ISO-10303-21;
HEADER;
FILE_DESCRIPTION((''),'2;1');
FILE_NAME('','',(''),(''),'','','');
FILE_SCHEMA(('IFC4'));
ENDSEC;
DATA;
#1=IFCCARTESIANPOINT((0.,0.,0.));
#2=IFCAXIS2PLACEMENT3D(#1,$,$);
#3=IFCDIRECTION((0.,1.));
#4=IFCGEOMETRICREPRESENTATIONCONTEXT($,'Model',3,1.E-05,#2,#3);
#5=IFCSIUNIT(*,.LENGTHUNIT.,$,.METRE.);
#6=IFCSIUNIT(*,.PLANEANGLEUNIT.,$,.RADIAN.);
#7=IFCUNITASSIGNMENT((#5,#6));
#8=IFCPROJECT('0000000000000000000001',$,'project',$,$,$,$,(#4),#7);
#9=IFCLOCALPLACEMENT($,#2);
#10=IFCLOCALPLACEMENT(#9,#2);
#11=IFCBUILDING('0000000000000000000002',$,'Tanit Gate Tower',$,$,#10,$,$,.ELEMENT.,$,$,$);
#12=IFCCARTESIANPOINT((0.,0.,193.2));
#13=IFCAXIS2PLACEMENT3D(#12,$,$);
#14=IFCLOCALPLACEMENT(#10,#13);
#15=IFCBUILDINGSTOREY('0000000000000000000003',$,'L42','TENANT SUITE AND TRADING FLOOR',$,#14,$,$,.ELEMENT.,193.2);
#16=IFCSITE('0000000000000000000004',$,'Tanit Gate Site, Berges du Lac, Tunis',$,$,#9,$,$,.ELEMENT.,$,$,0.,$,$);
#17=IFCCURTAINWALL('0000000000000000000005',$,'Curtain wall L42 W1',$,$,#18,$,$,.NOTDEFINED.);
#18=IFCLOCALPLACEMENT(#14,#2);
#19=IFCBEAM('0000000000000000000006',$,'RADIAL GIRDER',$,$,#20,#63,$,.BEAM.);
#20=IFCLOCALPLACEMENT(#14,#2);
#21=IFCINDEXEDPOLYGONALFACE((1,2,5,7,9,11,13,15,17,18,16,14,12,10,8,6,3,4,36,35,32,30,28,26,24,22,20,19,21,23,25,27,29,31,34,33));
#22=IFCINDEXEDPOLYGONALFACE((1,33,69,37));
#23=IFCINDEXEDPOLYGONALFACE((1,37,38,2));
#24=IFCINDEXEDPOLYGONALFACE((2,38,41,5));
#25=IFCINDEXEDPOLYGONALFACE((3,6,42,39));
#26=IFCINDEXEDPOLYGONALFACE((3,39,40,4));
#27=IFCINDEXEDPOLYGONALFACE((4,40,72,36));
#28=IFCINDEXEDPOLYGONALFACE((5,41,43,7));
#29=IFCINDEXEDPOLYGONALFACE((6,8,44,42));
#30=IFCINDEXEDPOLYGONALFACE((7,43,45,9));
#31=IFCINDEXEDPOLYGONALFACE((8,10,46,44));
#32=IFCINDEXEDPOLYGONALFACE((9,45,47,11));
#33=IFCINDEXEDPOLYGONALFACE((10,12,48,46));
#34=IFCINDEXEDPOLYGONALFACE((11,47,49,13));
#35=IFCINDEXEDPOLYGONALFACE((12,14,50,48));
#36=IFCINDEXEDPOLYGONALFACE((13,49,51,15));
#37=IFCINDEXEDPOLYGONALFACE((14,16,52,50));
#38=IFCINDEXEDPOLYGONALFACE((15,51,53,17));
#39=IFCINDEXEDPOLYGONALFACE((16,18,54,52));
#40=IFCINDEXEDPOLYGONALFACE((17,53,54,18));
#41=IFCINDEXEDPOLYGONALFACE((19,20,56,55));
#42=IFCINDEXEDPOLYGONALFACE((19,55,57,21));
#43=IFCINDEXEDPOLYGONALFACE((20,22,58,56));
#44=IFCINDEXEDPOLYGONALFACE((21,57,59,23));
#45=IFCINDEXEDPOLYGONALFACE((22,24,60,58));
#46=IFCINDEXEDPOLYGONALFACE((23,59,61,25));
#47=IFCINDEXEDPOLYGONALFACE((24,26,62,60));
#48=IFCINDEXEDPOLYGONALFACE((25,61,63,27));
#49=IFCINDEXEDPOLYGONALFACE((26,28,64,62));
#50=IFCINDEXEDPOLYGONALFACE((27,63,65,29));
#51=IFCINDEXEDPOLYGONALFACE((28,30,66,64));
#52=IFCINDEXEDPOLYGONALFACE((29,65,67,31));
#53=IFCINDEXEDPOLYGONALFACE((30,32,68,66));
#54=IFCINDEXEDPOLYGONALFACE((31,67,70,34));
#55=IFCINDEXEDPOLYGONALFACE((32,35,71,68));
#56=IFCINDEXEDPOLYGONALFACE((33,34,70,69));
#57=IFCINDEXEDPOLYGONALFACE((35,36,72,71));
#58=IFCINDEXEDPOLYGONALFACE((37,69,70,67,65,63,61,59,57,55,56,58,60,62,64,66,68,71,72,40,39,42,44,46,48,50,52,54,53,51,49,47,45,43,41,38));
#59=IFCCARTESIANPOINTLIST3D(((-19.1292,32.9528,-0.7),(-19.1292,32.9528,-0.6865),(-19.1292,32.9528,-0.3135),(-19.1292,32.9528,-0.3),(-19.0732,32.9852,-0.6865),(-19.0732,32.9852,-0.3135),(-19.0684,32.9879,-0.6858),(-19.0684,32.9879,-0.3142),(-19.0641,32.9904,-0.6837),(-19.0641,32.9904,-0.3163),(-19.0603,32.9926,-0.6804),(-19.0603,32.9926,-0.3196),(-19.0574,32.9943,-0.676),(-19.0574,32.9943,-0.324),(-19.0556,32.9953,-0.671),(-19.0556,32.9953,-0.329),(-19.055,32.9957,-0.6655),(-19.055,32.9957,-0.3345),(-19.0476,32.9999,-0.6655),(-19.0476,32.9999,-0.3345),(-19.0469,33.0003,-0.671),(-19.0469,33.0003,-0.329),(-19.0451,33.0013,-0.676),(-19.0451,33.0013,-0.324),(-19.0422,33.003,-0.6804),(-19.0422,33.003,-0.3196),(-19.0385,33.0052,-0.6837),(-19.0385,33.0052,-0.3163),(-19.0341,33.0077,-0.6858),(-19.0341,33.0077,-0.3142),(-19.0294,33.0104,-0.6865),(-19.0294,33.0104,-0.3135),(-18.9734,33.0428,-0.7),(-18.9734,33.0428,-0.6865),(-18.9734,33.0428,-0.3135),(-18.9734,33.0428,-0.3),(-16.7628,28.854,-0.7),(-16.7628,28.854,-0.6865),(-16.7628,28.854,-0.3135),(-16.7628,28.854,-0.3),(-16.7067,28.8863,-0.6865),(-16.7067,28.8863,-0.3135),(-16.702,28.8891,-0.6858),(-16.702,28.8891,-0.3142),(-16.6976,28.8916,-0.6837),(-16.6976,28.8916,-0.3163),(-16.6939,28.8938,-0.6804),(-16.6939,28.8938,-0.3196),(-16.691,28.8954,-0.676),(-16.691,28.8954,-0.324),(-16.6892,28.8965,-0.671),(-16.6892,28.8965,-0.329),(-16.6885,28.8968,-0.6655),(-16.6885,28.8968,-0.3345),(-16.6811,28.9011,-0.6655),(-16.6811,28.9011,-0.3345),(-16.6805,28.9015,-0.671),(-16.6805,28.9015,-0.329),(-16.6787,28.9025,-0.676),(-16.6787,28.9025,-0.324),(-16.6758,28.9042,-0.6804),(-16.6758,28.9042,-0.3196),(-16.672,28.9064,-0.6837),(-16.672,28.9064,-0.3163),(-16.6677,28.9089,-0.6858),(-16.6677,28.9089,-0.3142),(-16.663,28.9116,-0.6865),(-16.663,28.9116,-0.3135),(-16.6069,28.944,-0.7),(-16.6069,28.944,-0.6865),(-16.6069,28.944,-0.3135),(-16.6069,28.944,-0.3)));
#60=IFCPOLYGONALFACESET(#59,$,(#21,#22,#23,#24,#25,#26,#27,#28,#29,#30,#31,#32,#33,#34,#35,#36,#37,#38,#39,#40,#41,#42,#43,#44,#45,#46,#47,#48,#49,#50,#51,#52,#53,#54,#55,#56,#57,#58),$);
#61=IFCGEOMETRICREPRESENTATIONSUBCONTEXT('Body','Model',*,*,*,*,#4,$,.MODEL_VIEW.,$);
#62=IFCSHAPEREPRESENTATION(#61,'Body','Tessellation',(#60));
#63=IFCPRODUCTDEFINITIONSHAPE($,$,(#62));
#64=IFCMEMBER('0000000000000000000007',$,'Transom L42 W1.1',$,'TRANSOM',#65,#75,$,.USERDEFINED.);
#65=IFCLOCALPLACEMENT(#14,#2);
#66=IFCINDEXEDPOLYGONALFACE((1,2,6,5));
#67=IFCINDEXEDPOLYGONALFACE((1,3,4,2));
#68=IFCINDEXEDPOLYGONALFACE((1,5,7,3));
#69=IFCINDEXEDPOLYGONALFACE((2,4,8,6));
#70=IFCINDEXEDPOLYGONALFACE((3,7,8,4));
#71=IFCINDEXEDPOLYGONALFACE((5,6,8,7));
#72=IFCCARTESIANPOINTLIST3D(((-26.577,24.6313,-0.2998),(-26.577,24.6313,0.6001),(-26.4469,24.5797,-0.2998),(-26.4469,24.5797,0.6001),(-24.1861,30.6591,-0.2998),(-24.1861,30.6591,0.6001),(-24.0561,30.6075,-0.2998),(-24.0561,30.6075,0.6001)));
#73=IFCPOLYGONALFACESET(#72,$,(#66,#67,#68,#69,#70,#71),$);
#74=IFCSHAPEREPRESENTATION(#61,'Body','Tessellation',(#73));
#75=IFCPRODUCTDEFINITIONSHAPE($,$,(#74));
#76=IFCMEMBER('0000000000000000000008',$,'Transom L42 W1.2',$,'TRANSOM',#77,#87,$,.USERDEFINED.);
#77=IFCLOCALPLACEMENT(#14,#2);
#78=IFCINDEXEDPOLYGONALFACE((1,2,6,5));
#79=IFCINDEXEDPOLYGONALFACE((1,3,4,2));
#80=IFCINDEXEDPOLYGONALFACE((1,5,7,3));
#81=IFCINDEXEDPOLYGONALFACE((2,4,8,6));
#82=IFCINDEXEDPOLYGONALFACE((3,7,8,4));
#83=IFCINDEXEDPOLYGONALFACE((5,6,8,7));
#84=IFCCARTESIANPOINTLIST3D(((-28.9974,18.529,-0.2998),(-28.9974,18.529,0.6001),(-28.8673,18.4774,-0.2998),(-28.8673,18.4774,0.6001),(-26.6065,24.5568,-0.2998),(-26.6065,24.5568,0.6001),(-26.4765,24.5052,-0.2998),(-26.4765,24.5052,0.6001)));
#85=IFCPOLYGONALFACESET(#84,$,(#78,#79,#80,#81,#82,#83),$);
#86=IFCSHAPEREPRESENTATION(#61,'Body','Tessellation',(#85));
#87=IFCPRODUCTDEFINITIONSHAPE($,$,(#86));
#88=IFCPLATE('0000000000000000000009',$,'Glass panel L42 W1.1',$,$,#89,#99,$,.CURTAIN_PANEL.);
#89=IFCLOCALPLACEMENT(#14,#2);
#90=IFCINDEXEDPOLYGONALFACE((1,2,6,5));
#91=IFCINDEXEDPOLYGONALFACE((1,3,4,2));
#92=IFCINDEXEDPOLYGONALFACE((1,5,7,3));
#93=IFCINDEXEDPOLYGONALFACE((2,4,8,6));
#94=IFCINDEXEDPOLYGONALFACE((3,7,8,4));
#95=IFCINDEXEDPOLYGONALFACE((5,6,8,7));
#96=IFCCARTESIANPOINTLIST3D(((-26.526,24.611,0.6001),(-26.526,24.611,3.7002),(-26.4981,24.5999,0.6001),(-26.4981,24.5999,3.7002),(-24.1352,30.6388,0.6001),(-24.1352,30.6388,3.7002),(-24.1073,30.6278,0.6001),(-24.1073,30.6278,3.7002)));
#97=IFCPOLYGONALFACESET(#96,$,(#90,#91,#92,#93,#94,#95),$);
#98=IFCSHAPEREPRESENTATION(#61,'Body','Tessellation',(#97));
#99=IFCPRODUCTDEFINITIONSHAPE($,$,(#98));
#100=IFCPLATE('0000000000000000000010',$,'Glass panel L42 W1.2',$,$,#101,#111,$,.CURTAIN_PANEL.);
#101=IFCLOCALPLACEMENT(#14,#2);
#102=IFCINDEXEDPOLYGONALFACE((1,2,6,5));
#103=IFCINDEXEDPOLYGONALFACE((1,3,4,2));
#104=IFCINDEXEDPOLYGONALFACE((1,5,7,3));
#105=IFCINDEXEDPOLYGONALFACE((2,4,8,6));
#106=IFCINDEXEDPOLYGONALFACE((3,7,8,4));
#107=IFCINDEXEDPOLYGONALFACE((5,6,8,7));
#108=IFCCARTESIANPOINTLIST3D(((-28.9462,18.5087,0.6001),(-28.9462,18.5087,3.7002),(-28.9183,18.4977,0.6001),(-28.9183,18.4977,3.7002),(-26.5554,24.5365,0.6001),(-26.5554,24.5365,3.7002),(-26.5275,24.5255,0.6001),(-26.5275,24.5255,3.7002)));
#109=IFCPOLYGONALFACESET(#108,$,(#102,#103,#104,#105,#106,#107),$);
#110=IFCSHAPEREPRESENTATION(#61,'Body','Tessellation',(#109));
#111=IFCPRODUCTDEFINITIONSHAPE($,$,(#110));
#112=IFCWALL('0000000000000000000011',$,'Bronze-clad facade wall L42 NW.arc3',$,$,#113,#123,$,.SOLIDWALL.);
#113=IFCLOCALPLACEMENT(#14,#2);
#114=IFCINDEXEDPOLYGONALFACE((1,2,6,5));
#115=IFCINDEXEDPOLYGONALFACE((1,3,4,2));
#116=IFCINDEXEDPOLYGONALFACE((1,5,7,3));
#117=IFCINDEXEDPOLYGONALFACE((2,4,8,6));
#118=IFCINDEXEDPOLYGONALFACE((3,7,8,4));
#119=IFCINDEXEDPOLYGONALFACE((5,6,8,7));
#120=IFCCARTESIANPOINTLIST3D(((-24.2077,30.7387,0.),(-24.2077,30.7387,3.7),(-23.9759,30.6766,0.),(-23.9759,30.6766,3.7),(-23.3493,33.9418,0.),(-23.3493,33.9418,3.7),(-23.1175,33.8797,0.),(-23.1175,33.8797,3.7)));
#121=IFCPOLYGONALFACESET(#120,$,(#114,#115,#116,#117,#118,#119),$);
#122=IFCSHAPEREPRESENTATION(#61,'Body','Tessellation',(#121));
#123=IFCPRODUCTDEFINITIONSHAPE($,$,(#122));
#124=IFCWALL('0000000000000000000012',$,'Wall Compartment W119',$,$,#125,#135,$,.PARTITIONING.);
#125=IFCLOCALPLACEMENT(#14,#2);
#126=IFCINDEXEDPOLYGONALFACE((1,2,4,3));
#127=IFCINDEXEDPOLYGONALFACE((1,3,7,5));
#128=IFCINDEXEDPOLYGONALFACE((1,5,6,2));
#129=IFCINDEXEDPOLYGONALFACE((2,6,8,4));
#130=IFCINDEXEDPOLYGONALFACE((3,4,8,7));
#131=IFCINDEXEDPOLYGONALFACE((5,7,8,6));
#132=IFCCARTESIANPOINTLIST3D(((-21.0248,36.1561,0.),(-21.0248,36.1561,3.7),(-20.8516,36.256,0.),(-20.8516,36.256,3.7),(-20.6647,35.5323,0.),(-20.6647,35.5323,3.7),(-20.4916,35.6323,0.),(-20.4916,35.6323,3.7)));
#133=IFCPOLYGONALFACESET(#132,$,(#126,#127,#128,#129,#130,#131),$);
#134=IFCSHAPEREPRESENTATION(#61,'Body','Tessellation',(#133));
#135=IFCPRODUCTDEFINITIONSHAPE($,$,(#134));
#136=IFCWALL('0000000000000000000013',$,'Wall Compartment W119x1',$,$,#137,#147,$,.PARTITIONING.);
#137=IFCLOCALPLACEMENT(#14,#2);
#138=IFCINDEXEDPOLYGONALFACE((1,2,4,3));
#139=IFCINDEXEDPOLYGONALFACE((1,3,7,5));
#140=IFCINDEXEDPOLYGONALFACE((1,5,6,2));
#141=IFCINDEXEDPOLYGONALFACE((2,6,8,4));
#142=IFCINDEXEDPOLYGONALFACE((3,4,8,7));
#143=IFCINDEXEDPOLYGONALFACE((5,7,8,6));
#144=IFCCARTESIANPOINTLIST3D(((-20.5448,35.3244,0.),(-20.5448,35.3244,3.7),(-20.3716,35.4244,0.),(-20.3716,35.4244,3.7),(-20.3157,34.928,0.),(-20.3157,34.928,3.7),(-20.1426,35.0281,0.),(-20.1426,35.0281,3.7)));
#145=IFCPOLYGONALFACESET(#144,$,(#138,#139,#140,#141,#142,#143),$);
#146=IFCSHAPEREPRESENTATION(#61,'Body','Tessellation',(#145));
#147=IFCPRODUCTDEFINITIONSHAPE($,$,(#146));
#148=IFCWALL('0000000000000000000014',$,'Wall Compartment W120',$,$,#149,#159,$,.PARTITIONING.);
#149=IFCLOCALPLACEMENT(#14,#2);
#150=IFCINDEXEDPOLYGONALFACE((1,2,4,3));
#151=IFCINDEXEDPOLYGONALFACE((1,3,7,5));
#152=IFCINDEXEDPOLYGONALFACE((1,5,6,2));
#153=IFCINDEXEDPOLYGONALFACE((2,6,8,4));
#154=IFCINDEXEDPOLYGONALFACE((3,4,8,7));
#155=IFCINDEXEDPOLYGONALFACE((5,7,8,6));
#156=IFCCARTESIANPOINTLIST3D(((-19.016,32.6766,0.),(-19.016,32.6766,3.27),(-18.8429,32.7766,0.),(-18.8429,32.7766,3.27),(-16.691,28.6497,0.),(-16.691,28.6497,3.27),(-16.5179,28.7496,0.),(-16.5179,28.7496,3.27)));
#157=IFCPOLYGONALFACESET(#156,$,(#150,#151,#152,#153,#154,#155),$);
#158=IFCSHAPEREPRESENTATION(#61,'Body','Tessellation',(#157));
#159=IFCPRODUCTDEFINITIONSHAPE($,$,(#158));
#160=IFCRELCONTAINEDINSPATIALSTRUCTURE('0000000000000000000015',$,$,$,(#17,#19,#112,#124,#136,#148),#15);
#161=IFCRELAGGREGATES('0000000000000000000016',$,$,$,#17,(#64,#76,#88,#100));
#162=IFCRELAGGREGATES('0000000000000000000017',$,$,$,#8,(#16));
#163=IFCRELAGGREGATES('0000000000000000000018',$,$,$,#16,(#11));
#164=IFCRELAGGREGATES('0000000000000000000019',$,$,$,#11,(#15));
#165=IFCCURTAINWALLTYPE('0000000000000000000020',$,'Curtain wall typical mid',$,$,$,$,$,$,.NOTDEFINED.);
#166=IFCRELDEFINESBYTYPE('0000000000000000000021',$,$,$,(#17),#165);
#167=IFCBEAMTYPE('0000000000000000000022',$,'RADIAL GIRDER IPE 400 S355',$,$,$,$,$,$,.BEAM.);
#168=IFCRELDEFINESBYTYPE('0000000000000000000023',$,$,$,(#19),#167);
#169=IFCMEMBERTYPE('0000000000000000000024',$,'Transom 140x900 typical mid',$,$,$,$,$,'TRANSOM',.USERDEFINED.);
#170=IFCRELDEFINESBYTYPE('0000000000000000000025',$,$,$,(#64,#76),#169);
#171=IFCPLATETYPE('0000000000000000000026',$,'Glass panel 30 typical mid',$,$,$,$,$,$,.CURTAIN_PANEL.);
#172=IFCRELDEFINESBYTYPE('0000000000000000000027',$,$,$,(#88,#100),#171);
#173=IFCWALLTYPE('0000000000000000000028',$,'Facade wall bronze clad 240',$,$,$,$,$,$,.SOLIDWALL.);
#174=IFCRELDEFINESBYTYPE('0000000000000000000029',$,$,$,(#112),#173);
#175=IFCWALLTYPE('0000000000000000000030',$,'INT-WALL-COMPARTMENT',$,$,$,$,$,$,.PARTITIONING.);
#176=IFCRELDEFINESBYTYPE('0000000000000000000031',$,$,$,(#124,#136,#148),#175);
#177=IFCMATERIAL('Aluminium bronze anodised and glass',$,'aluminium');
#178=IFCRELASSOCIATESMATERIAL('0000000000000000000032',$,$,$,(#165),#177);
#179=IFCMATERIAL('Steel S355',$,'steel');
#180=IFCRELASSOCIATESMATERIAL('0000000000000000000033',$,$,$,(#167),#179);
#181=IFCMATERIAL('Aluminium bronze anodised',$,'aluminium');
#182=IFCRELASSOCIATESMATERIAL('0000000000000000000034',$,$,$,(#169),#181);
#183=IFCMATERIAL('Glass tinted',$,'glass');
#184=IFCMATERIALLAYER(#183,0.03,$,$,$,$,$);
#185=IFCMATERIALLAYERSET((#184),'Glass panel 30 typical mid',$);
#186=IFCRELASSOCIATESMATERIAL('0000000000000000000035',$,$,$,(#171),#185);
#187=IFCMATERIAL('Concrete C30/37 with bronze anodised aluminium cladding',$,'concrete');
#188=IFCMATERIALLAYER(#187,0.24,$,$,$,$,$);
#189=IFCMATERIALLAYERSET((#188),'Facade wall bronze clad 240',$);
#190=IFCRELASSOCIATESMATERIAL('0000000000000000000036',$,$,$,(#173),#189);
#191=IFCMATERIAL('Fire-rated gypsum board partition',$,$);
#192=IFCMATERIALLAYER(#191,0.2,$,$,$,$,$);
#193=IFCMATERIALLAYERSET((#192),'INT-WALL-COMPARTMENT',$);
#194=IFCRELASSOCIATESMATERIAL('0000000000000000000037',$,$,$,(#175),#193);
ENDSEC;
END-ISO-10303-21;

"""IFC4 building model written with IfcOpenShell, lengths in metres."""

from ifc_helpers import new_model, si_unit, direction, frame, frame_2d, origin, origin_2d, place, context, subcontext, project, spatial, rectangle, i_section, extrude, material, layer, layer_set, material_profile, profile_set, type_object, element, aggregate, save


model = new_model("IFC4")

# Units and contexts
model_context = context("Model", 3, precision=1e-05, world=origin(), true_north=direction((0.0, 1.0)))
body_context = subcontext(model_context, "Body", "Model", "MODEL_VIEW")
ifc_project = project(units=[si_unit("LENGTHUNIT", "METRE"), si_unit("PLANEANGLEUNIT", "RADIAN")], contexts=[model_context])

# Site, building, storey
site_placement = place(None, origin())
site = spatial("IfcSite", under=ifc_project, at=site_placement, Name="Tanit Gate Site, Berges du Lac, Tunis", CompositionType="ELEMENT", RefElevation=0.0)
building_placement = place(site_placement, origin())
building = spatial("IfcBuilding", under=site, at=building_placement, Name="Tanit Gate Tower", CompositionType="ELEMENT")
storey_placement = place(building_placement, frame((0.0, 0.0, 193.2)))
storey = spatial("IfcBuildingStorey", under=building, at=storey_placement, Name="L42", Description="TENANT SUITE AND TRADING FLOOR", CompositionType="ELEMENT", Elevation=193.2)

# Curtain wall
ifc_material_1 = material(Name="Aluminium bronze anodised and glass", Category="aluminium")
curtain_wall_type = type_object("IfcCurtainWallType", Name="Curtain wall typical mid", PredefinedType="NOTDEFINED", material=ifc_material_1)
curtain_wall_placement = place(storey_placement, origin())
curtain_wall = element("IfcCurtainWall", 1, at=curtain_wall_placement, inside=storey, type_object=curtain_wall_type, Name="Curtain wall L42 W1", PredefinedType="NOTDEFINED")

# Beam
ifc_material_2 = material(Name="Steel S355", Category="steel")
ifc_material_profile_1 = material_profile(ifc_material_2, i_section(OverallWidth=0.1799, OverallDepth=0.3999, WebThickness=0.0085, FlangeThickness=0.0134, FilletRadius=0.021, at=origin_2d()), Name="IPE 400")
ifc_profile_set_1 = profile_set([ifc_material_profile_1], Name="Steel S355")
beam_type_1 = type_object("IfcBeamType", Name="RADIAL GIRDER IPE 400 S355", PredefinedType="BEAM", material=ifc_profile_set_1)
beam_1_placement = place(storey_placement, frame((-19.0513, 32.9978, -0.5), z_axis=(0.499995, -0.866028, 0.0), x_axis=(0.866028, 0.499995, 0.0)))
element("IfcBeam", 2, at=beam_1_placement, inside=storey, type_object=beam_type_1, Name="RADIAL GIRDER", PredefinedType="BEAM", context=body_context, shape_type="SweptSolid", body=[
    extrude(i_section(OverallWidth=0.1799, OverallDepth=0.3999, WebThickness=0.0085, FlangeThickness=0.0134, FilletRadius=0.021, at=origin_2d()), origin(), (0.0, 0.0, 1.0), 4.7329),
])

# Members
ifc_material_3 = material(Name="Aluminium bronze anodised", Category="aluminium")
ifc_material_profile_2 = material_profile(ifc_material_3, rectangle(XDim=0.1399, YDim=0.8999, at=origin_2d()), Name="140x900 bronze transom")
ifc_profile_set_2 = profile_set([ifc_material_profile_2], Name="Aluminium bronze anodised")
member_type_1 = type_object("IfcMemberType", Name="Transom 140x900 typical mid", ElementType="TRANSOM", PredefinedType="USERDEFINED", material=ifc_profile_set_2)
member_1_placement = place(storey_placement, frame((-24.1211, 30.6333, 0.1501), z_axis=(-0.368695, -0.92955, 0.0), x_axis=(0.92955, -0.368695, 0.0)))
member_1 = element("IfcMember", 3, at=member_1_placement, type_object=member_type_1, Name="Transom L42 W1.1", ObjectType="TRANSOM", PredefinedType="USERDEFINED", context=body_context, shape_type="SweptSolid", body=[
    extrude(rectangle(XDim=0.1399, YDim=0.8999, at=origin_2d()), origin(), (0.0, 0.0, 1.0), 6.4846),
])
member_2_placement = place(storey_placement, frame((-26.5415, 24.531, 0.1501), z_axis=(-0.368695, -0.92955, 0.0), x_axis=(0.92955, -0.368695, 0.0)))
member_2 = element("IfcMember", 4, at=member_2_placement, type_object=member_type_1, Name="Transom L42 W1.2", ObjectType="TRANSOM", PredefinedType="USERDEFINED", context=body_context, shape_type="SweptSolid", body=[
    extrude(rectangle(XDim=0.1399, YDim=0.8999, at=origin_2d()), origin(), (0.0, 0.0, 1.0), 6.4846),
])

# Plates
ifc_material_4 = material(Name="Glass tinted", Category="glass")
ifc_layer_1 = layer(ifc_material_4, 0.03)
ifc_layer_set_1 = layer_set([ifc_layer_1], Name="Glass panel 30 typical mid")
plate_type = type_object("IfcPlateType", Name="Glass panel 30 typical mid", PredefinedType="CURTAIN_PANEL", material=ifc_layer_set_1)
plate_1_placement = place(storey_placement, frame((-25.3167, 27.6194, 0.6001), z_axis=(0.0, 0.0, 1.0), x_axis=(-0.368686, -0.929554, 0.0)))
plate_1 = element("IfcPlate", 5, at=plate_1_placement, type_object=plate_type, Name="Glass panel L42 W1.1", PredefinedType="CURTAIN_PANEL", context=body_context, shape_type="SweptSolid", body=[
    extrude(rectangle(XDim=6.4846, YDim=0.03, at=origin_2d()), origin(), (0.0, 0.0, 1.0), 3.1001),
])
plate_2_placement = place(storey_placement, frame((-27.7368, 21.5171, 0.6001), z_axis=(0.0, 0.0, 1.0), x_axis=(-0.368686, -0.929554, 0.0)))
plate_2 = element("IfcPlate", 6, at=plate_2_placement, type_object=plate_type, Name="Glass panel L42 W1.2", PredefinedType="CURTAIN_PANEL", context=body_context, shape_type="SweptSolid", body=[
    extrude(rectangle(XDim=6.4846, YDim=0.03, at=origin_2d()), origin(), (0.0, 0.0, 1.0), 3.1001),
])
aggregate(curtain_wall, [member_1, member_2, plate_1, plate_2])

# Walls
ifc_material_5 = material(Name="Concrete C30/37 with bronze anodised aluminium cladding", Category="concrete")
ifc_layer_2 = layer(ifc_material_5, 0.24)
ifc_layer_set_2 = layer_set([ifc_layer_2], Name="Facade wall bronze clad 240")
wall_type_1 = type_object("IfcWallType", Name="Facade wall bronze clad 240", PredefinedType="SOLIDWALL", material=ifc_layer_set_2)
wall_1_placement = place(storey_placement, frame((-23.2334, 33.9109, 0.0), z_axis=(0.0, 0.0, 1.0), x_axis=(-0.258854, -0.965917, 0.0)))
element("IfcWall", 7, at=wall_1_placement, inside=storey, type_object=wall_type_1, Name="Bronze-clad facade wall L42 NW.arc3", PredefinedType="SOLIDWALL", context=body_context, shape_type="SweptSolid", body=[
    extrude(rectangle(XDim=3.3162, YDim=0.24, at=frame_2d((1.6582, 0.0))), origin(), (0.0, 0.0, 1.0), 3.7),
])
ifc_material_6 = material(Name="Fire-rated gypsum board partition")
ifc_layer_3 = layer(ifc_material_6, 0.2)
ifc_layer_set_3 = layer_set([ifc_layer_3], Name="INT-WALL-COMPARTMENT")
wall_type_2 = type_object("IfcWallType", Name="INT-WALL-COMPARTMENT", PredefinedType="PARTITIONING", material=ifc_layer_set_3)
wall_2_placement = place(storey_placement, frame((-20.9382, 36.2061, 0.0), z_axis=(0.0, 0.0, 1.0), x_axis=(0.499967, -0.866044, 0.0)))
element("IfcWall", 8, at=wall_2_placement, inside=storey, type_object=wall_type_2, Name="Wall Compartment W119", PredefinedType="PARTITIONING", context=body_context, shape_type="SweptSolid", body=[
    extrude(rectangle(XDim=0.7202, YDim=0.2, at=frame_2d((0.3601, 0.0))), origin(), (0.0, 0.0, 1.0), 3.7),
])
wall_3_placement = place(storey_placement, frame((-20.4583, 35.3745, 0.0), z_axis=(0.0, 0.0, 1.0), x_axis=(0.500384, -0.865803, 0.0)))
element("IfcWall", 9, at=wall_3_placement, inside=storey, type_object=wall_type_2, Name="Wall Compartment W119x1", PredefinedType="PARTITIONING", context=body_context, shape_type="SweptSolid", body=[
    extrude(rectangle(XDim=0.4578, YDim=0.2, at=frame_2d((0.229, 0.0))), origin(), (0.0, 0.0, 1.0), 3.7),
])
wall_4_placement = place(storey_placement, frame((-18.9294, 32.7266, 0.0), z_axis=(0.0, 0.0, 1.0), x_axis=(0.500007, -0.866021, 0.0)))
element("IfcWall", 10, at=wall_4_placement, inside=storey, type_object=wall_type_2, Name="Wall Compartment W120", PredefinedType="PARTITIONING", context=body_context, shape_type="SweptSolid", body=[
    extrude(rectangle(XDim=4.6499, YDim=0.2, at=frame_2d((2.325, 0.0))), origin(), (0.0, 0.0, 1.0), 3.27),
])

save(model, "model.ifc")
